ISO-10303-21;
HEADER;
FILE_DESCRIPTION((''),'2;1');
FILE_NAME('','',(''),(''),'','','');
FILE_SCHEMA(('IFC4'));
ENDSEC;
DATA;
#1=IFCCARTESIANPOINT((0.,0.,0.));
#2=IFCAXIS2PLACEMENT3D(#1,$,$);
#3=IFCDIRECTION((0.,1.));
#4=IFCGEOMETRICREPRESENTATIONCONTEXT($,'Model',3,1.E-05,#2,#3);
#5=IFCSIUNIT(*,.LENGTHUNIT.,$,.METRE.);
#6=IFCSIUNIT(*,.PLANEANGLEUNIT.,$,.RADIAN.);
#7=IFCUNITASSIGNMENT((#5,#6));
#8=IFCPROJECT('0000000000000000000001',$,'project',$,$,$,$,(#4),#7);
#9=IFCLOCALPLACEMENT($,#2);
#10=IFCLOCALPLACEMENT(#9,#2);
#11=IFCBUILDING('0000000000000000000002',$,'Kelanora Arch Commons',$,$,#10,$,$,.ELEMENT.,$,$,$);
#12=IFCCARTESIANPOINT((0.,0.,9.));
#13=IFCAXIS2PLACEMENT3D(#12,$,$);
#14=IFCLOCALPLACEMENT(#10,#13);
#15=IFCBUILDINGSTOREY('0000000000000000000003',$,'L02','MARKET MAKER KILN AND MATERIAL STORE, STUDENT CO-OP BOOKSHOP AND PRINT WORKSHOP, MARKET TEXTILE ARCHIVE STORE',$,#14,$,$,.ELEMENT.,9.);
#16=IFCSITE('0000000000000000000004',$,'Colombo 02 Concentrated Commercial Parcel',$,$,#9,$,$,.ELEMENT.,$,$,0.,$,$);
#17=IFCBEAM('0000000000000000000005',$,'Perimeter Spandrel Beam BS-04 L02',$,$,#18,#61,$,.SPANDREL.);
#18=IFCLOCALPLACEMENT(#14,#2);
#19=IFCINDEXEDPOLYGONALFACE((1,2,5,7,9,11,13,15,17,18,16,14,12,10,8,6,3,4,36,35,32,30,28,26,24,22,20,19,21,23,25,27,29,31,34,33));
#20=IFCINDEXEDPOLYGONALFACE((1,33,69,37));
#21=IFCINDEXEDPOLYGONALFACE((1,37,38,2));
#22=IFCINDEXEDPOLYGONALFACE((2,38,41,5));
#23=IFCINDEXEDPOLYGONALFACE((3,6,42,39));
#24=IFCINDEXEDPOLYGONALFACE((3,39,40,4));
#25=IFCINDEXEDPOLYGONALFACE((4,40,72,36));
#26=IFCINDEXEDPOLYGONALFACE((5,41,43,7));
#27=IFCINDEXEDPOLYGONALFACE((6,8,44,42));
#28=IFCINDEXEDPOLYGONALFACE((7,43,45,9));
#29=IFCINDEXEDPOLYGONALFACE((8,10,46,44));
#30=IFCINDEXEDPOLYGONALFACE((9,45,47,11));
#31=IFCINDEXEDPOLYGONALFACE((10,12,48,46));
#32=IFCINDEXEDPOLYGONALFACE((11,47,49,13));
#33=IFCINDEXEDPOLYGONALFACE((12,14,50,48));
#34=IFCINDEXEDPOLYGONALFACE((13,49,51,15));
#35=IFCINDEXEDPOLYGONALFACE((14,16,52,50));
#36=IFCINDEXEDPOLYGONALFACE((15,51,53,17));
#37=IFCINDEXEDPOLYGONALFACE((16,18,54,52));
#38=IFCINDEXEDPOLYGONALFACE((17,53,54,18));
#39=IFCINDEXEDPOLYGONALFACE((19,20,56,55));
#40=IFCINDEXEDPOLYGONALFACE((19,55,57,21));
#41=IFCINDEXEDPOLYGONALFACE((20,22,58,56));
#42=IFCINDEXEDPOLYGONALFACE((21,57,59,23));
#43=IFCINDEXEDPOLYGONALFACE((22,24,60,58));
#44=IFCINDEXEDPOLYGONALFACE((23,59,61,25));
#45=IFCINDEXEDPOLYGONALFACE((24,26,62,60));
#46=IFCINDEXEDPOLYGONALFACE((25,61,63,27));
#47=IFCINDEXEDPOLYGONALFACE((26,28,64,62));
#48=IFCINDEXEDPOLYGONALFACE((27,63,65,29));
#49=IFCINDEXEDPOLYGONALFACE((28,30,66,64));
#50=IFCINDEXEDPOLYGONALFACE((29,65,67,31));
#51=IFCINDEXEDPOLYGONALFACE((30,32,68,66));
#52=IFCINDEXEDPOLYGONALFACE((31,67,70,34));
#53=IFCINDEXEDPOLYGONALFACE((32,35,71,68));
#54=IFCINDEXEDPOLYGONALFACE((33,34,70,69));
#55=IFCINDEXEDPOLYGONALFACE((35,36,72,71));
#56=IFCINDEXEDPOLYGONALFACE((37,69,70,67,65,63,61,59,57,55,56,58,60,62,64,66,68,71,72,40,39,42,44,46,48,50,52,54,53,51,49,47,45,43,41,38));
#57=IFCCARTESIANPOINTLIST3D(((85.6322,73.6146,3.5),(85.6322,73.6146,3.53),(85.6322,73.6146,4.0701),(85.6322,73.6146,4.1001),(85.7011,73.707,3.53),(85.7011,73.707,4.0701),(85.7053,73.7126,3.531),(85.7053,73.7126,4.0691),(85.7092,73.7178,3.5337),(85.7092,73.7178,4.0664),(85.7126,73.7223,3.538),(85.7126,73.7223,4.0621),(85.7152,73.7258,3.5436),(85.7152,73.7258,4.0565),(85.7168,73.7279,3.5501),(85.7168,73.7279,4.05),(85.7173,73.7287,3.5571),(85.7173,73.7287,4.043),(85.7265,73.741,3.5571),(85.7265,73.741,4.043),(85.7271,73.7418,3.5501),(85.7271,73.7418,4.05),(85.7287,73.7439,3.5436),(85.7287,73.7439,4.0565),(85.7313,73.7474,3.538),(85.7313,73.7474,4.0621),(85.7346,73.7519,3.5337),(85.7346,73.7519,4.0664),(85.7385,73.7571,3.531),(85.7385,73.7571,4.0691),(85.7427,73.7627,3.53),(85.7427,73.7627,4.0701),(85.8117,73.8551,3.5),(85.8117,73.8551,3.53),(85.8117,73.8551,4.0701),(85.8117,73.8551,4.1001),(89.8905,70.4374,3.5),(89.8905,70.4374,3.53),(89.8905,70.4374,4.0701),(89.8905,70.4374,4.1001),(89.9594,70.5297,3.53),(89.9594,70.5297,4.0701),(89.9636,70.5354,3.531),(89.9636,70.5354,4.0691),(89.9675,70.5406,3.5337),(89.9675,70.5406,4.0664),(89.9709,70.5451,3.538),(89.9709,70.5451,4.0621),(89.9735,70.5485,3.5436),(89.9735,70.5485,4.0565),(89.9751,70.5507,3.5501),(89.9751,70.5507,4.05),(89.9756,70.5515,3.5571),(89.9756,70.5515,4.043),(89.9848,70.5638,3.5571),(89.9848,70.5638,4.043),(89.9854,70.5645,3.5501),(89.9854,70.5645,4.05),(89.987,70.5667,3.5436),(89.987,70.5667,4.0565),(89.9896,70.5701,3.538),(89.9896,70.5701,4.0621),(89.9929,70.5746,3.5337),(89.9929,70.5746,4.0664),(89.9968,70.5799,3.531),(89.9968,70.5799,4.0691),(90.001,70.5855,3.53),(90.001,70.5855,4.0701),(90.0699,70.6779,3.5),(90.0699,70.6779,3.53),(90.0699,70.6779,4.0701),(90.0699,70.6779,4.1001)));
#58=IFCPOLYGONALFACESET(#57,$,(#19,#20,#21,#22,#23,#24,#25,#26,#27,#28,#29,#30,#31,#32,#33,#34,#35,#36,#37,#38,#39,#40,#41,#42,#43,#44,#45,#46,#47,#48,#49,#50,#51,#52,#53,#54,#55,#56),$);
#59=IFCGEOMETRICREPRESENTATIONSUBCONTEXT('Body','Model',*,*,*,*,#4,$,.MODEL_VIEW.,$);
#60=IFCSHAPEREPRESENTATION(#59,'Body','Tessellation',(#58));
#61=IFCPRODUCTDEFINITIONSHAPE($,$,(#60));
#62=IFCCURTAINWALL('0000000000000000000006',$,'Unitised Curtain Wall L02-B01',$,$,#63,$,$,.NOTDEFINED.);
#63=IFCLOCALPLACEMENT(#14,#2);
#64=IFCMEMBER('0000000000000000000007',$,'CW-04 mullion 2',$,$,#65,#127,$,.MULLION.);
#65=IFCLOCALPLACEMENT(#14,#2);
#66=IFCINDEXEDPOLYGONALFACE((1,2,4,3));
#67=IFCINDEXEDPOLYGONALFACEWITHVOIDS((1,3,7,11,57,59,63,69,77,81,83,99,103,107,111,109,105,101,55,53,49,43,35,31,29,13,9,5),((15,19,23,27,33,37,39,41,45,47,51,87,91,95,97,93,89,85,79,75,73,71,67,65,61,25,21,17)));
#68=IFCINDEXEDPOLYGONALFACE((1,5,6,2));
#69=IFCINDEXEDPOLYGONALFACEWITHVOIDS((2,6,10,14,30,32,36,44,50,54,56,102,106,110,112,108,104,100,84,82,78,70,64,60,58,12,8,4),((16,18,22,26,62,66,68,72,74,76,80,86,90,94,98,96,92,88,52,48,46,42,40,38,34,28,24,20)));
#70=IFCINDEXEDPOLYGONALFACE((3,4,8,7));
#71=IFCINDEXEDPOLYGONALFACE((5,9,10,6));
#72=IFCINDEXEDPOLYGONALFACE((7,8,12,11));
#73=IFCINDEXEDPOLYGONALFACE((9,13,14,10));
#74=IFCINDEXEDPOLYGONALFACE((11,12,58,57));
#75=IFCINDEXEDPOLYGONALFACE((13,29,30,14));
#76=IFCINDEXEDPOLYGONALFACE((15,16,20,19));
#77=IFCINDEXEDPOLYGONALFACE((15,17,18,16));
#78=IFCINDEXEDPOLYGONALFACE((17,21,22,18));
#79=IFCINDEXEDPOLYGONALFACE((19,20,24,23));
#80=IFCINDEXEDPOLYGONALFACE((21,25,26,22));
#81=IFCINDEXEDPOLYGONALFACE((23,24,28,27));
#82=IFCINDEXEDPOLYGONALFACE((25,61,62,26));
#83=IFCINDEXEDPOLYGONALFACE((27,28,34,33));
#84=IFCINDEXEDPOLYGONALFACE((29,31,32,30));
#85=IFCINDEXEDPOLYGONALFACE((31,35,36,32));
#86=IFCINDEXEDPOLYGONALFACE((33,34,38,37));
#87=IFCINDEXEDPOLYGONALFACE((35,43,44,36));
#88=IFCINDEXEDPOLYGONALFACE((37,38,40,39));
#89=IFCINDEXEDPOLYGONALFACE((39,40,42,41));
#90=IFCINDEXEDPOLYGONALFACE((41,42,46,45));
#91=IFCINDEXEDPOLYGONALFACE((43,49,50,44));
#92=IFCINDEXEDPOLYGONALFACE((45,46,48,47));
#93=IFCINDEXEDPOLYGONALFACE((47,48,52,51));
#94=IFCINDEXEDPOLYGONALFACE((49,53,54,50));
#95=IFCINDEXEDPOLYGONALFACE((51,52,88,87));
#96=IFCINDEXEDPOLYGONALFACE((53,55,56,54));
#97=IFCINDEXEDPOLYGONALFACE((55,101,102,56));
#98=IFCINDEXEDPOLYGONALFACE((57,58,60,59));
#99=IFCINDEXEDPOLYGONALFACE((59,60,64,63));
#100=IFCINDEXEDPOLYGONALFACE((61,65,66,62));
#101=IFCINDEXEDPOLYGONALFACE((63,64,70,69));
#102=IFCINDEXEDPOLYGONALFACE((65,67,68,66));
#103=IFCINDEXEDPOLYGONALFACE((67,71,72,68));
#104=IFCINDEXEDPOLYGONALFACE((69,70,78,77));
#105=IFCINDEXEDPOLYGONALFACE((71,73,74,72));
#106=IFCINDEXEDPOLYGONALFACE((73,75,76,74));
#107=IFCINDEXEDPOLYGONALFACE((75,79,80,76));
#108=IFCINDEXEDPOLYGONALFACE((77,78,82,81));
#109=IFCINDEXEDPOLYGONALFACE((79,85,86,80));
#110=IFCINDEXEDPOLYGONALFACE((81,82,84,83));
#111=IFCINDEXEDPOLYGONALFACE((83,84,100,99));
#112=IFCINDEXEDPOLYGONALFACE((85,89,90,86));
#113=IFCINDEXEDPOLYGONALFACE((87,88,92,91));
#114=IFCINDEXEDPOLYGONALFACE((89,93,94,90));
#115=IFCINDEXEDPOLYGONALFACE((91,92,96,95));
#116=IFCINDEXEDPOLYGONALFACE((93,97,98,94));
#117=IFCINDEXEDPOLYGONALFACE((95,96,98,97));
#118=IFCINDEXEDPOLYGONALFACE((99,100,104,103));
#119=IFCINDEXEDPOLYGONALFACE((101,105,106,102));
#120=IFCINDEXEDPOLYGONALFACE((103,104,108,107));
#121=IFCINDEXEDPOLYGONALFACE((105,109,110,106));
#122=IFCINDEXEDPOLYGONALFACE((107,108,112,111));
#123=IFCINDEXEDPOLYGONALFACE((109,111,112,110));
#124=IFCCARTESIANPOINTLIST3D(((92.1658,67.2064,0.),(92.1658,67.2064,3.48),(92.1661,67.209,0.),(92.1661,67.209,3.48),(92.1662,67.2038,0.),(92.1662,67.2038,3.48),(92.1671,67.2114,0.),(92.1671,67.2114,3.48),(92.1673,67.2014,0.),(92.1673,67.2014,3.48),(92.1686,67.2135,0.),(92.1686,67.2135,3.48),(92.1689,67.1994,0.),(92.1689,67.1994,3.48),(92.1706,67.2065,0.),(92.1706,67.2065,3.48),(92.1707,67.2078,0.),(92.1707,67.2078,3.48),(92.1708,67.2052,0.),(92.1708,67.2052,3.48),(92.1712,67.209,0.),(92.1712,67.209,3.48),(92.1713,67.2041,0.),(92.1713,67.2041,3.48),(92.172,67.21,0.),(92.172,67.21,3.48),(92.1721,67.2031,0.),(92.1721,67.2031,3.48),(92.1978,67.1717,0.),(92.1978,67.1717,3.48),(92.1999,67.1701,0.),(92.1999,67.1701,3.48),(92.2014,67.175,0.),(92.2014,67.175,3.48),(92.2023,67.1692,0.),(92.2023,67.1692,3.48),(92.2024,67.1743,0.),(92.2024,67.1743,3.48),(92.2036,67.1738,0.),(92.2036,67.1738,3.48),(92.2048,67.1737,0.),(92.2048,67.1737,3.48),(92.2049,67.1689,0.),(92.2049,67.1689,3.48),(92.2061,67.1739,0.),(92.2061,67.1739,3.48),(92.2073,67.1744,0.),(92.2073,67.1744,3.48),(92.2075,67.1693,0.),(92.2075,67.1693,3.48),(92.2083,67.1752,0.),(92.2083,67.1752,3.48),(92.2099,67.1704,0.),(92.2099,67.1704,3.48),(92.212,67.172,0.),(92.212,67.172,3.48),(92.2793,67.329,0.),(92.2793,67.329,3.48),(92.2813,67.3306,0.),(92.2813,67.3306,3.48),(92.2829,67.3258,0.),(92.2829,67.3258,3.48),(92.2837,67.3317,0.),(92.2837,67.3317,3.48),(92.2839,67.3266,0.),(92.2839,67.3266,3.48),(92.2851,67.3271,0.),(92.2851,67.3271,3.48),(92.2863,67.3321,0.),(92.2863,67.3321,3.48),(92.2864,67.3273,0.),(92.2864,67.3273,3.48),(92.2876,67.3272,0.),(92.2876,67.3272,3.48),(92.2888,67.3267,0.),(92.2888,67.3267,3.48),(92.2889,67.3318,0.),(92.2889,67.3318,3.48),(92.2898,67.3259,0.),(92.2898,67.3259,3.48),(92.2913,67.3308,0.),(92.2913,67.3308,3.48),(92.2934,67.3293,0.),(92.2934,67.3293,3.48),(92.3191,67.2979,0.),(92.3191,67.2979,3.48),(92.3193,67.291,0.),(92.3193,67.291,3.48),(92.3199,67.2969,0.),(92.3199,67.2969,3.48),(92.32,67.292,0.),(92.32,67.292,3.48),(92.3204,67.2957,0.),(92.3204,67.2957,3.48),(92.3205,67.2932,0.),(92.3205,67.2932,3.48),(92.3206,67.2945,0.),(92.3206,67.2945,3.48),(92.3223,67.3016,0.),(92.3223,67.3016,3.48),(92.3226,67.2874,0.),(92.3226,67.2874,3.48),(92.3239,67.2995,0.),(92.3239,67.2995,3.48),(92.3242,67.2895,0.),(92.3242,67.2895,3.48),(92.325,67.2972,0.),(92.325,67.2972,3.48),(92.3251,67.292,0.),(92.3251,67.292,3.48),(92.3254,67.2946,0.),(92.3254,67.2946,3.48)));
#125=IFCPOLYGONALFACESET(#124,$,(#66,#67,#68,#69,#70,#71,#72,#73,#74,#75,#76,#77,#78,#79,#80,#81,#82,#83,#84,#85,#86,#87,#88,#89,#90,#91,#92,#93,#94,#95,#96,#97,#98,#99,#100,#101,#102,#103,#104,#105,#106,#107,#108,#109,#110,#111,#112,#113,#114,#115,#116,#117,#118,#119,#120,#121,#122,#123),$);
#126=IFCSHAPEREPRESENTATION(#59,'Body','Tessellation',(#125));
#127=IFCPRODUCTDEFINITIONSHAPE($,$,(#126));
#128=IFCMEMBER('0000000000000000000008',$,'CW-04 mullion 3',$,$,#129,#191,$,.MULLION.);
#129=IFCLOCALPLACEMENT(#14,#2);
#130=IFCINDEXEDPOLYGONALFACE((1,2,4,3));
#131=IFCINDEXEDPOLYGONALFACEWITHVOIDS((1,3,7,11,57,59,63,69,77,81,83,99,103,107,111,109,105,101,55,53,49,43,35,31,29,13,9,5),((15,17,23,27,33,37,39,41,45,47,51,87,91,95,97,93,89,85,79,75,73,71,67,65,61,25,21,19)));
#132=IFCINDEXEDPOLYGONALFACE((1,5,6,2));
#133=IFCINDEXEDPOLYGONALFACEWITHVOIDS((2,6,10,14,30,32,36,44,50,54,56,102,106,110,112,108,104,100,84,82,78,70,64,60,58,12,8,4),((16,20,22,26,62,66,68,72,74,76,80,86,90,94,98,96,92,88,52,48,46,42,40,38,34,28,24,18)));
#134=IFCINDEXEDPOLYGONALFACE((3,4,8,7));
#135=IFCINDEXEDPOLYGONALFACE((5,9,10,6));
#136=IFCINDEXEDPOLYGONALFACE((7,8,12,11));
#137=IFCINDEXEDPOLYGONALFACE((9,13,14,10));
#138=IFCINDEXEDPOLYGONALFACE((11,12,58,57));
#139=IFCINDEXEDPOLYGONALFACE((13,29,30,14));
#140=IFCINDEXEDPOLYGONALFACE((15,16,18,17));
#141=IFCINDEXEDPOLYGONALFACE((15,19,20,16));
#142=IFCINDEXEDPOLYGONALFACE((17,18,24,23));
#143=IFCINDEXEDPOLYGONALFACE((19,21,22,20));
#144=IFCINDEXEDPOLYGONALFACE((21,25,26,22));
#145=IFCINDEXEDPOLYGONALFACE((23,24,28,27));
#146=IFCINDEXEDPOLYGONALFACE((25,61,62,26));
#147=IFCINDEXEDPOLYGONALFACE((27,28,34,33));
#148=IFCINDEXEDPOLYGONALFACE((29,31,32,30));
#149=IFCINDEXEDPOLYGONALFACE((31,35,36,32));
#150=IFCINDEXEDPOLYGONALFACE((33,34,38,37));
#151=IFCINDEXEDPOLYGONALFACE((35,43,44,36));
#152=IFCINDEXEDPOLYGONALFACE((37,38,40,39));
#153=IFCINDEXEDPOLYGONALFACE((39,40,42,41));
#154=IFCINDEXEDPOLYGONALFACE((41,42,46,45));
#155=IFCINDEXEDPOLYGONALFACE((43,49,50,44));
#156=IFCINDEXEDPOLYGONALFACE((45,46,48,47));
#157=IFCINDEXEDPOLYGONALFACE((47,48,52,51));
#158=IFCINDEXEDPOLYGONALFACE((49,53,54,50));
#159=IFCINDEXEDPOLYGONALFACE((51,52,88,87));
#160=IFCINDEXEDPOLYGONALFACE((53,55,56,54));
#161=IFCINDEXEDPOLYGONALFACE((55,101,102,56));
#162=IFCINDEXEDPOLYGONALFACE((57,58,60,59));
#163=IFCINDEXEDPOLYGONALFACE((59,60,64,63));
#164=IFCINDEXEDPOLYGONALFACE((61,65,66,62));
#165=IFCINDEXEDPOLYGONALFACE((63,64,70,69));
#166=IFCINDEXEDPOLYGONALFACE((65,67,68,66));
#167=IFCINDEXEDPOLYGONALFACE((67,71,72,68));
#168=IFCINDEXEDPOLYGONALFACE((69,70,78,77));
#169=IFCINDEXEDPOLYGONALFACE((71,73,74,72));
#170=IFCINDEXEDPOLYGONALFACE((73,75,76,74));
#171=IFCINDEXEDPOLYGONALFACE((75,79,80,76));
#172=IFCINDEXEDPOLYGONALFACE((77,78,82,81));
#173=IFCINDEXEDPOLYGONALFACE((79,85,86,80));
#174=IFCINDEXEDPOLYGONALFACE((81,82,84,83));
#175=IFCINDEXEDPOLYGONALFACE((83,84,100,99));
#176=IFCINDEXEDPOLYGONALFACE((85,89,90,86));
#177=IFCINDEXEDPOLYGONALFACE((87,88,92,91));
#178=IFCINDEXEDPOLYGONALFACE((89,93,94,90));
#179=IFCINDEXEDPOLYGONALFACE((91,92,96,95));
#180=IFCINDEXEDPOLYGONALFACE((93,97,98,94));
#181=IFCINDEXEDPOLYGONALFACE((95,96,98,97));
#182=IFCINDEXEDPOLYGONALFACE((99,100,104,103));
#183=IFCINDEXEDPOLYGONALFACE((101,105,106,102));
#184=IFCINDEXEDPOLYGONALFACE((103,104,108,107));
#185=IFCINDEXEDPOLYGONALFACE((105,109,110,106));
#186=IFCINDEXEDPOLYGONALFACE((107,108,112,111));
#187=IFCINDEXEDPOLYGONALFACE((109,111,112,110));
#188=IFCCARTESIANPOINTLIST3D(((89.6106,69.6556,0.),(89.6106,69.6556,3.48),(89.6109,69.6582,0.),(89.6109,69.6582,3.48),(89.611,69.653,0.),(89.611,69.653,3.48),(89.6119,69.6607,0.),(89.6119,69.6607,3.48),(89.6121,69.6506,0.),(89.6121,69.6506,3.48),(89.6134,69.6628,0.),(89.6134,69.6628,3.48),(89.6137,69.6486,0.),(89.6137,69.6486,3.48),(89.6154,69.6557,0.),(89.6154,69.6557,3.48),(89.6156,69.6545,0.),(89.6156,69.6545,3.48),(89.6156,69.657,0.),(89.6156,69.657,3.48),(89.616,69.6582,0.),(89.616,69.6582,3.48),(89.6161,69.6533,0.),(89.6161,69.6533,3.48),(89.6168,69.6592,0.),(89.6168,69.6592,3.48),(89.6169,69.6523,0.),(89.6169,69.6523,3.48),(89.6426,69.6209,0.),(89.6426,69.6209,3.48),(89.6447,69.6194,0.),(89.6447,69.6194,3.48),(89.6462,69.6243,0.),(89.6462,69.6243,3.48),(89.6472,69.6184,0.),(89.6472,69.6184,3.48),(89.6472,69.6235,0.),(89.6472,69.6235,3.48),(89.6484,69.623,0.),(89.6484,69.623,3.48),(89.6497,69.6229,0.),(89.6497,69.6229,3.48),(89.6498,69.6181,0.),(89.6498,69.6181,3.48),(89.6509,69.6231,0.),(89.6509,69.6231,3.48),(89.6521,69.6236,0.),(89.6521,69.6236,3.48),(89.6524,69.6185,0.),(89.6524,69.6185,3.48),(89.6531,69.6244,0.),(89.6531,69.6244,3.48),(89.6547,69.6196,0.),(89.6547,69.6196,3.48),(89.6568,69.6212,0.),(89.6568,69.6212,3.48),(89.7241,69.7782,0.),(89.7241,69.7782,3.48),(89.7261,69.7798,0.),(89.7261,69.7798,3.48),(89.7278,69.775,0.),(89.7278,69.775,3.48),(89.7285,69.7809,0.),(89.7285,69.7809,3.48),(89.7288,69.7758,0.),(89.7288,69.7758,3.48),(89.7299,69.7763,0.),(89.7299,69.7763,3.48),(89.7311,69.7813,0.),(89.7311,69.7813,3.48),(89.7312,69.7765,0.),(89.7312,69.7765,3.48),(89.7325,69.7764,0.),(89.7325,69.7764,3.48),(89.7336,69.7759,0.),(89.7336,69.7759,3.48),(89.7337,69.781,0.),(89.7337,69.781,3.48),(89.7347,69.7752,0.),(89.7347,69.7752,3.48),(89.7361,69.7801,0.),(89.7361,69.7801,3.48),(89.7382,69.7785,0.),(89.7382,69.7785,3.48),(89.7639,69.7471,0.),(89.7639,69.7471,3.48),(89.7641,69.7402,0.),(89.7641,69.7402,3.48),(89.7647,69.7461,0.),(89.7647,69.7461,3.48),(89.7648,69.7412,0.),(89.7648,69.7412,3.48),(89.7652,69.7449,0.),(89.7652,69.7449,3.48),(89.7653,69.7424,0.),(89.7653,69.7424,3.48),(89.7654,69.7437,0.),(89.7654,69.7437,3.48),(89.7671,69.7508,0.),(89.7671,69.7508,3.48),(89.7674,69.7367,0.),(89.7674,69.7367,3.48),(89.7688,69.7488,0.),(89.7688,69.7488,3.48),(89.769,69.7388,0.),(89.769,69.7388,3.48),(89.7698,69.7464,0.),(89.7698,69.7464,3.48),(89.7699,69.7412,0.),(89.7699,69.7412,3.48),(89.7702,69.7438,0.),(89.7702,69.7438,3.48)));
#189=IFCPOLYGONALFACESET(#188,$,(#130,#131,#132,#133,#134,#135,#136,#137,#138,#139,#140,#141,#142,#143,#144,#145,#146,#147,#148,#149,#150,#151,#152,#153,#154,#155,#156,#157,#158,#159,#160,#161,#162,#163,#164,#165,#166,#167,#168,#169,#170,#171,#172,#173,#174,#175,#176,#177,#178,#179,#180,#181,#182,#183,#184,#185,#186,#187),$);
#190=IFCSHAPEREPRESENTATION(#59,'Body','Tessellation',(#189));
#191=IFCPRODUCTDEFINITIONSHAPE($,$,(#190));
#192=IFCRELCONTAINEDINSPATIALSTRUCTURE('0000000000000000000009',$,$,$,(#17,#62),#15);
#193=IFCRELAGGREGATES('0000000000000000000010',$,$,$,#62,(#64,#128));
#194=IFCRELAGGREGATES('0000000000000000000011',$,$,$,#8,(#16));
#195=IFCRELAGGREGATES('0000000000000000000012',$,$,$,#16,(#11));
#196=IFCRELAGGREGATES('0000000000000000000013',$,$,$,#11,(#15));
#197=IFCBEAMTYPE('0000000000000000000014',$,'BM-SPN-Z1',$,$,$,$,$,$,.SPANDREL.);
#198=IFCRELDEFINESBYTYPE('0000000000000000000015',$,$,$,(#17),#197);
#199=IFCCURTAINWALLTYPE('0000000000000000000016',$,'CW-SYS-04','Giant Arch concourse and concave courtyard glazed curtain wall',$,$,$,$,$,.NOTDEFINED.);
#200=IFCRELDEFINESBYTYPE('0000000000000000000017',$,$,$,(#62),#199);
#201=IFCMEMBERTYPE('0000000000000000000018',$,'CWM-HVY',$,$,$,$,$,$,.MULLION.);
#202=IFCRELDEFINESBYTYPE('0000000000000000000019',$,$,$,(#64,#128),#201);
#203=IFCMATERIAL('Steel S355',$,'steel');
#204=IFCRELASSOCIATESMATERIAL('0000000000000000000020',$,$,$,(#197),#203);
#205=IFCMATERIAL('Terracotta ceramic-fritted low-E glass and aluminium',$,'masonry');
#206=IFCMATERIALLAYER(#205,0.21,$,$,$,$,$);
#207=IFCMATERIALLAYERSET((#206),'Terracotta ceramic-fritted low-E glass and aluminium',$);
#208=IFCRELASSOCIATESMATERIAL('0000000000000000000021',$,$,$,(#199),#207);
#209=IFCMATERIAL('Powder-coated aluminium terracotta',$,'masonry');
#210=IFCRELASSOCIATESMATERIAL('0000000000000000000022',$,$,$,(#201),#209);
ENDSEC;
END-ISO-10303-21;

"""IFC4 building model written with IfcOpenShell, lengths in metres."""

from ifc_helpers import new_model, si_unit, direction, frame, origin, origin_2d, place, context, subcontext, project, spatial, hollow_rectangle, i_section, extrude, material, layer, layer_set, material_profile, profile_set, type_object, element, aggregate, save


model = new_model("IFC4")

# Units and contexts
model_context = context("Model", 3, precision=1e-05, world=origin(), true_north=direction((0.0, 1.0)))
body_context = subcontext(model_context, "Body", "Model", "MODEL_VIEW")
ifc_project = project(units=[si_unit("LENGTHUNIT", "METRE"), si_unit("PLANEANGLEUNIT", "RADIAN")], contexts=[model_context])

# Site, building, storey
site_placement = place(None, origin())
site = spatial("IfcSite", under=ifc_project, at=site_placement, Name="Colombo 02 Concentrated Commercial Parcel", CompositionType="ELEMENT", RefElevation=0.0)
building_placement = place(site_placement, origin())
building = spatial("IfcBuilding", under=site, at=building_placement, Name="Kelanora Arch Commons", CompositionType="ELEMENT")
storey_placement = place(building_placement, frame((0.0, 0.0, 9.0)))
storey = spatial("IfcBuildingStorey", under=building, at=storey_placement, Name="L02", Description="MARKET MAKER KILN AND MATERIAL STORE, STUDENT CO-OP BOOKSHOP AND PRINT WORKSHOP, MARKET TEXTILE ARCHIVE STORE", CompositionType="ELEMENT", Elevation=9.0)

# Shared definitions
ifc_material_1 = material(Name="Steel S355", Category="steel")

# Beam
ifc_material_profile_1 = material_profile(ifc_material_1, i_section(OverallWidth=0.3, OverallDepth=0.6001, WebThickness=0.0154, FlangeThickness=0.03, FilletRadius=0.0271, at=origin_2d()), Name="HEB600")
ifc_profile_set_1 = profile_set([ifc_material_profile_1], Name="Steel S355")
beam_type_1 = type_object("IfcBeamType", Name="BM-SPN-Z1", PredefinedType="SPANDREL", material=ifc_profile_set_1)
beam_1_placement = place(storey_placement, frame((89.9802, 70.5576, 3.8), z_axis=(-0.801486, 0.598013, 0.0), x_axis=(-0.598013, -0.801486, 0.0)))
element("IfcBeam", 1, at=beam_1_placement, inside=storey, type_object=beam_type_1, Name="Perimeter Spandrel Beam BS-04 L02", PredefinedType="SPANDREL", context=body_context, shape_type="SweptSolid", body=[
    extrude(i_section(OverallWidth=0.3, OverallDepth=0.6001, WebThickness=0.0154, FlangeThickness=0.03, FilletRadius=0.0271, at=origin_2d()), origin(), (0.0, 0.0, 1.0), 5.313),
])

# Curtain wall, members
ifc_material_2 = material(Name="Terracotta ceramic-fritted low-E glass and aluminium", Category="masonry")
ifc_layer_1 = layer(ifc_material_2, 0.21)
ifc_layer_set_1 = layer_set([ifc_layer_1], Name="Terracotta ceramic-fritted low-E glass and aluminium")
curtain_wall_type = type_object("IfcCurtainWallType", Name="CW-SYS-04", Description="Giant Arch concourse and concave courtyard glazed curtain wall", PredefinedType="NOTDEFINED", material=ifc_layer_set_1)
curtain_wall_1_placement = place(storey_placement, origin())
curtain_wall_1 = element("IfcCurtainWall", 2, at=curtain_wall_1_placement, inside=storey, type_object=curtain_wall_type, Name="Unitised Curtain Wall L02-B01", PredefinedType="NOTDEFINED")
ifc_material_3 = material(Name="Powder-coated aluminium terracotta", Category="masonry")
ifc_material_profile_2 = material_profile(ifc_material_3, hollow_rectangle(XDim=0.1799, YDim=0.0601, WallThickness=0.0049, InnerFilletRadius=0.0049, OuterFilletRadius=0.01, at=origin_2d()), Name="CWM180x60")
ifc_profile_set_2 = profile_set([ifc_material_profile_2], Name="Powder-coated aluminium terracotta")
member_type_1 = type_object("IfcMemberType", Name="CWM-HVY", PredefinedType="MULLION", material=ifc_profile_set_2)
member_1_placement = place(storey_placement, frame((92.2456, 67.2505, 0.0), z_axis=(0.0, 0.0, 1.0), x_axis=(-0.691953, -0.721943, 0.0)))
member_1 = element("IfcMember", 3, at=member_1_placement, type_object=member_type_1, Name="CW-04 mullion 2", PredefinedType="MULLION", context=body_context, shape_type="SweptSolid", body=[
    extrude(hollow_rectangle(XDim=0.1799, YDim=0.0601, WallThickness=0.0049, InnerFilletRadius=0.0049, OuterFilletRadius=0.01, at=origin_2d()), origin(), (0.0, 0.0, 1.0), 3.48),
])
member_2_placement = place(storey_placement, frame((89.6904, 69.6997, 0.0), z_axis=(0.0, 0.0, 1.0), x_axis=(-0.691953, -0.721943, 0.0)))
member_2 = element("IfcMember", 4, at=member_2_placement, type_object=member_type_1, Name="CW-04 mullion 3", PredefinedType="MULLION", context=body_context, shape_type="SweptSolid", body=[
    extrude(hollow_rectangle(XDim=0.1799, YDim=0.0601, WallThickness=0.0049, InnerFilletRadius=0.0049, OuterFilletRadius=0.01, at=origin_2d()), origin(), (0.0, 0.0, 1.0), 3.48),
])

aggregate(curtain_wall_1, [member_1, member_2])

save(model, "model.ifc")
